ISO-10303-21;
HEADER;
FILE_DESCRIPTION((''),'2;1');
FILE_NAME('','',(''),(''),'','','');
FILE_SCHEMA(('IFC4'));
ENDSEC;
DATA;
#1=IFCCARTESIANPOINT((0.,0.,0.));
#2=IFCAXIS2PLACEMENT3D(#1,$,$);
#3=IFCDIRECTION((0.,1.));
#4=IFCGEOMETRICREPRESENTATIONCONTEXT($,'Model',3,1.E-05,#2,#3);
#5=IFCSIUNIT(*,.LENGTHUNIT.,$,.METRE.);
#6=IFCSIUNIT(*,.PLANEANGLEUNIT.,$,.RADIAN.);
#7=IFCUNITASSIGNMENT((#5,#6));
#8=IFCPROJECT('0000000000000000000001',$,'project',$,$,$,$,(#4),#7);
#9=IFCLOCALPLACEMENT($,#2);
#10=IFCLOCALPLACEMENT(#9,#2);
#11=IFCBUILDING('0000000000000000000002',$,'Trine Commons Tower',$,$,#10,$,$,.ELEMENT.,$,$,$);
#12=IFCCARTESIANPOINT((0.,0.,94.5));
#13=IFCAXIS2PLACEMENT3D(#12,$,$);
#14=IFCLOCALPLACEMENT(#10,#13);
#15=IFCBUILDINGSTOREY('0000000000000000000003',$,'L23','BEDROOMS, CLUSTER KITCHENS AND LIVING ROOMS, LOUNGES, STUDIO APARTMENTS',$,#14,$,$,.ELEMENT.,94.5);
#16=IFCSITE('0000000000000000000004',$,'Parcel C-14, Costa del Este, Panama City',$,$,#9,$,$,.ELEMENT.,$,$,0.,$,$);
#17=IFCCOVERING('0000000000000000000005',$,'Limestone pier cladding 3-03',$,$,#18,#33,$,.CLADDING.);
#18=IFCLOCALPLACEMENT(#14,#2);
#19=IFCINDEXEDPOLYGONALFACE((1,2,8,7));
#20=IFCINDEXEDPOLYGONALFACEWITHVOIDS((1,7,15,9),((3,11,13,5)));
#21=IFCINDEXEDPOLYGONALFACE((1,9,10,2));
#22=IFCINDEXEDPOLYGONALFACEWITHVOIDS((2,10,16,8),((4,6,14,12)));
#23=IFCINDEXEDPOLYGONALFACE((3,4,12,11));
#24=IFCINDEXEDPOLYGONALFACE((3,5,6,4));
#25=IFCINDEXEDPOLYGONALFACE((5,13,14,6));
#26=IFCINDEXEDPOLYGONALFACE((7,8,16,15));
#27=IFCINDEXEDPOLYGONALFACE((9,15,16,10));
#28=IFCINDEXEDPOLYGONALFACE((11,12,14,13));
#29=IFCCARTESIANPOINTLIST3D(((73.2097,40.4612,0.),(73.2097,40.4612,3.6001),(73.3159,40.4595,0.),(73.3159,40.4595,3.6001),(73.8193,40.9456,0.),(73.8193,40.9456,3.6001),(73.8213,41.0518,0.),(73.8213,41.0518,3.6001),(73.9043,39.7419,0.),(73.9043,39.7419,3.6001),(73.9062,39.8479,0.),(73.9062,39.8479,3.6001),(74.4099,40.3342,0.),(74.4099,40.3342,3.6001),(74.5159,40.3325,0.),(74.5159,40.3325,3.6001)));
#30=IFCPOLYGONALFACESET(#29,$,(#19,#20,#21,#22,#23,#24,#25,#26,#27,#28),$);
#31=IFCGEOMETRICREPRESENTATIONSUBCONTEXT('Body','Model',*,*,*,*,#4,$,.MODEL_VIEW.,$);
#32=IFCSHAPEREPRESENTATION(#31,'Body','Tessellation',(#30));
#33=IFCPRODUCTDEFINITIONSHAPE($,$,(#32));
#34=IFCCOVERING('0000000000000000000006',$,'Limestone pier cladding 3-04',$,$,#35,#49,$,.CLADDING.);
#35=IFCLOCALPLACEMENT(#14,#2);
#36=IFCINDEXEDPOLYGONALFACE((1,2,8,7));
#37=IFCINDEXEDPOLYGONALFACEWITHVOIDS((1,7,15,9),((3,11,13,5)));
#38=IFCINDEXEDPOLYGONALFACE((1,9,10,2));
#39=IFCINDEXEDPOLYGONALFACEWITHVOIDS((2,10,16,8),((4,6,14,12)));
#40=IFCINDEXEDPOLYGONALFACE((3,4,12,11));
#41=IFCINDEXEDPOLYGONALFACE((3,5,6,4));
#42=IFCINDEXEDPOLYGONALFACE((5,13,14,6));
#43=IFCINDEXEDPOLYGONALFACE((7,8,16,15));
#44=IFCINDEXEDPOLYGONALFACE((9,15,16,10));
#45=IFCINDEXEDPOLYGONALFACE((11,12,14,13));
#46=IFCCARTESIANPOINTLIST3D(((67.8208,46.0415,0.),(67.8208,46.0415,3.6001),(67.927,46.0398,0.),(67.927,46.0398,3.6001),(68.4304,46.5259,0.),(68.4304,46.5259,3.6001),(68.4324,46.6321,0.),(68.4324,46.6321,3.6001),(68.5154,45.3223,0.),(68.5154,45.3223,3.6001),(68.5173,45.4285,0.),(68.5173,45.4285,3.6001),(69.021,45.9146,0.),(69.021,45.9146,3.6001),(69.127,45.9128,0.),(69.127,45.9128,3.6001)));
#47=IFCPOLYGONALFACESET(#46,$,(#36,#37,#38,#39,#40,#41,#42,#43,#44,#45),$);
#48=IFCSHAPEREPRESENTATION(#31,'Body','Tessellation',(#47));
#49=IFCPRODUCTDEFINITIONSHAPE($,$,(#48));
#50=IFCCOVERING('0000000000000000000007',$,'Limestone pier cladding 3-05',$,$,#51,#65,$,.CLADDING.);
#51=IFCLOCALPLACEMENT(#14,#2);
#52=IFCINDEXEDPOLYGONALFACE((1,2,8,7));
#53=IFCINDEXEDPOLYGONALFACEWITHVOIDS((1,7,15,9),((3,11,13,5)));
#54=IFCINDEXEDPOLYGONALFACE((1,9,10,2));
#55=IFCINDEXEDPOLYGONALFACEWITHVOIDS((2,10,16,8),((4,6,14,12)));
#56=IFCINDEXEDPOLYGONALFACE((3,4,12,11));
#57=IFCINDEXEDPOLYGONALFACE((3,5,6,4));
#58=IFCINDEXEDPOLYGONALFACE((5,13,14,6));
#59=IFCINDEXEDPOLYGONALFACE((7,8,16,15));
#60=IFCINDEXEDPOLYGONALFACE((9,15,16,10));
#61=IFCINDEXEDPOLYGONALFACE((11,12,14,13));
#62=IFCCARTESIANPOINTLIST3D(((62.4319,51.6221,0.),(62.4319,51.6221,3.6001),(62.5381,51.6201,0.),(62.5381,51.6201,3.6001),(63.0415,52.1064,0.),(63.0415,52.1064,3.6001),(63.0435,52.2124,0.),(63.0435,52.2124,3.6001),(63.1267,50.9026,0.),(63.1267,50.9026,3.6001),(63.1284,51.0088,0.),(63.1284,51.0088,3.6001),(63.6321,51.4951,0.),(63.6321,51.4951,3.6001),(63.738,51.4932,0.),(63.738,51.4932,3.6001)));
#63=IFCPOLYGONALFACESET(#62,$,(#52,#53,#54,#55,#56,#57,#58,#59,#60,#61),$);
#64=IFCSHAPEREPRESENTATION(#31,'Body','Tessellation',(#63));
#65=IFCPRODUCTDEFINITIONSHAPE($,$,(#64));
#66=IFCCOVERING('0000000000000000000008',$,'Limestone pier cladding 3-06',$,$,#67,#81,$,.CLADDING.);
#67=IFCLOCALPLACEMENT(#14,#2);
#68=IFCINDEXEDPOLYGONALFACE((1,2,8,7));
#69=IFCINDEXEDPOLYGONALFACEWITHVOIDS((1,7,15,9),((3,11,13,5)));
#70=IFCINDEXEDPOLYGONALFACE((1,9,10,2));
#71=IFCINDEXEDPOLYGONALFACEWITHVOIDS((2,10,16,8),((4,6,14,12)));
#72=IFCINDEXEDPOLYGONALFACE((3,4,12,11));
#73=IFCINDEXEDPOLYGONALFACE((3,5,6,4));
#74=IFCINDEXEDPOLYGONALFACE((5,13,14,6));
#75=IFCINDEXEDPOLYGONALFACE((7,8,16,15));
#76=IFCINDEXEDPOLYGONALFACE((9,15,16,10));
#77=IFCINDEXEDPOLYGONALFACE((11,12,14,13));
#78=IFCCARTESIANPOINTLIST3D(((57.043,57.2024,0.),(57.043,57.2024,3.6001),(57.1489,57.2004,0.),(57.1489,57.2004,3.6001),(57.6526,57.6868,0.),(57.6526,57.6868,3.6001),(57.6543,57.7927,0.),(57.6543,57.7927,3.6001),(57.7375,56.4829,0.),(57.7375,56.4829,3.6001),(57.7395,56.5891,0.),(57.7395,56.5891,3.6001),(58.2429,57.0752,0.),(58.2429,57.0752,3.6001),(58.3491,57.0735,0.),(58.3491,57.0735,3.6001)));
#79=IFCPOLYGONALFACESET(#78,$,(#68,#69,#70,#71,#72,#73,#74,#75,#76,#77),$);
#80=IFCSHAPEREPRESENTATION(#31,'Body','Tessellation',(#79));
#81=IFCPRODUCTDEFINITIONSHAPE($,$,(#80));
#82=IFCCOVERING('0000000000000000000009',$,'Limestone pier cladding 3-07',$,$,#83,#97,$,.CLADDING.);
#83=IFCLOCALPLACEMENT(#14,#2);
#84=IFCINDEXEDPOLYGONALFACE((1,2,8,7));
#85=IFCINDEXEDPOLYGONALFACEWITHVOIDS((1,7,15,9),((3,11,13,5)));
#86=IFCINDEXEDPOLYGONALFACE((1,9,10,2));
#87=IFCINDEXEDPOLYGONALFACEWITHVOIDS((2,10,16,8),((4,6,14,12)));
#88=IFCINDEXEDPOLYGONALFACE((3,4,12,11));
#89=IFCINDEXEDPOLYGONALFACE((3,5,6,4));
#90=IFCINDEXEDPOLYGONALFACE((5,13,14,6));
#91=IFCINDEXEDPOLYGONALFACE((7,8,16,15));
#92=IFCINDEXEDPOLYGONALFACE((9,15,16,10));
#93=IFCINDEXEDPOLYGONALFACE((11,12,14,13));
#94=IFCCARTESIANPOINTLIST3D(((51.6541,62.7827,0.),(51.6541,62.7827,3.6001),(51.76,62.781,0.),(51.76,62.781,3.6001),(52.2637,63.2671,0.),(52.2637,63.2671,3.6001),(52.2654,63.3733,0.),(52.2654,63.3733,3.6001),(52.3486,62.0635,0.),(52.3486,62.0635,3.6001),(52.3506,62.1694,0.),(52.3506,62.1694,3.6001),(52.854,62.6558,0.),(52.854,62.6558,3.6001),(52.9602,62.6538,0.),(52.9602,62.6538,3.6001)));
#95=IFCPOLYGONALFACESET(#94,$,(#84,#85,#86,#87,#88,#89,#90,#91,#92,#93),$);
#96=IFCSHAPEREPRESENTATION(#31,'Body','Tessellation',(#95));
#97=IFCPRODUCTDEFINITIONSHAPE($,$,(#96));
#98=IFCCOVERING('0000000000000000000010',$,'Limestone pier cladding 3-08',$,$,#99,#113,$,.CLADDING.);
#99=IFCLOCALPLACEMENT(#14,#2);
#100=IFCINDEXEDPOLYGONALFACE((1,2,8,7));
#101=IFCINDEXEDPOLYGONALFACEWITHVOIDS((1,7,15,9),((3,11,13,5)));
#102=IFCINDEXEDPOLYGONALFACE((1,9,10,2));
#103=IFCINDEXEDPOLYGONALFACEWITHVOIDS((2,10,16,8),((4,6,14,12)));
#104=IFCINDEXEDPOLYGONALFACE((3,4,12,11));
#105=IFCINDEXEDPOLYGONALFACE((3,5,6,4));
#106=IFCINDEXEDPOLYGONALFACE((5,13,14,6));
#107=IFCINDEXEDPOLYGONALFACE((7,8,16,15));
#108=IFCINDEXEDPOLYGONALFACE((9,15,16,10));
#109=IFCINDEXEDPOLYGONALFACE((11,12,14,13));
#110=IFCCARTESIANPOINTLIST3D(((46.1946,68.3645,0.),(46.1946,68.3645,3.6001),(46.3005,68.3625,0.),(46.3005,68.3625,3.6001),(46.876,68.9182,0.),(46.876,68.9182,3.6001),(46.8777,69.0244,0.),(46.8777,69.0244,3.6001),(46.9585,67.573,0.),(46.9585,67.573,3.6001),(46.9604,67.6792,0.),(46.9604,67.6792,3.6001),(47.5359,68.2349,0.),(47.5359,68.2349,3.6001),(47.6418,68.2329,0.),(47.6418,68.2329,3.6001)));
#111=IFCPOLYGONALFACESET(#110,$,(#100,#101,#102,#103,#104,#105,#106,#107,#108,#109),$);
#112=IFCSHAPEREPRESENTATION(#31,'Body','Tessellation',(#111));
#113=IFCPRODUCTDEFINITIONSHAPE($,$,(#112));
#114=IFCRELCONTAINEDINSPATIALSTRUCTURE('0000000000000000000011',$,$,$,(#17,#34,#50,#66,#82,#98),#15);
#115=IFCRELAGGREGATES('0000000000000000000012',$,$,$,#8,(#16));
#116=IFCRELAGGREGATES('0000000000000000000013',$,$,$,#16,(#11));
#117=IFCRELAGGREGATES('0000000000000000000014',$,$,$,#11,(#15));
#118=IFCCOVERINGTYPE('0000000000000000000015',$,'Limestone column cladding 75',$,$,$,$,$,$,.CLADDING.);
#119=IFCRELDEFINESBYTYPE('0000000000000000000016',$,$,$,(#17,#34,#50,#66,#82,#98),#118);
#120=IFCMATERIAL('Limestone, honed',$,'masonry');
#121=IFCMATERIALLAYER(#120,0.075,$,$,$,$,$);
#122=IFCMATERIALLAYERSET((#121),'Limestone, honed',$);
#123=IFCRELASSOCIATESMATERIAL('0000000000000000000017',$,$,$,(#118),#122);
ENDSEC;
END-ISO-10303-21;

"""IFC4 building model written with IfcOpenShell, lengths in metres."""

from ifc_helpers import new_model, si_unit, direction, frame, origin, place, context, subcontext, project, spatial, polyline, outline, extrude, material, layer, layer_set, type_object, element, save


model = new_model("IFC4")

# Units and contexts
model_context = context("Model", 3, precision=1e-05, world=origin(), true_north=direction((0.0, 1.0)))
body_context = subcontext(model_context, "Body", "Model", "MODEL_VIEW")
ifc_project = project(units=[si_unit("LENGTHUNIT", "METRE"), si_unit("PLANEANGLEUNIT", "RADIAN")], contexts=[model_context])

# Site, building, storey
site_placement = place(None, origin())
site = spatial("IfcSite", under=ifc_project, at=site_placement, Name="Parcel C-14, Costa del Este, Panama City", CompositionType="ELEMENT", RefElevation=0.0)
building_placement = place(site_placement, origin())
building = spatial("IfcBuilding", under=site, at=building_placement, Name="Trine Commons Tower", CompositionType="ELEMENT")
storey_placement = place(building_placement, frame((0.0, 0.0, 94.5)))
storey = spatial("IfcBuildingStorey", under=building, at=storey_placement, Name="L23", Description="BEDROOMS, CLUSTER KITCHENS AND LIVING ROOMS, LOUNGES, STUDIO APARTMENTS", CompositionType="ELEMENT", Elevation=94.5)

# Coverings
ifc_material_1 = material(Name="Limestone, honed", Category="masonry")
ifc_layer_1 = layer(ifc_material_1, 0.075)
ifc_layer_set_1 = layer_set([ifc_layer_1], Name="Limestone, honed")
covering_type_1 = type_object("IfcCoveringType", Name="Limestone column cladding 75", PredefinedType="CLADDING", material=ifc_layer_set_1)
covering_1_placement = place(storey_placement, origin())
element("IfcCovering", 1, at=covering_1_placement, inside=storey, type_object=covering_type_1, Name="Limestone pier cladding 3-03", PredefinedType="CLADDING", context=body_context, shape_type="SweptSolid", body=[
    extrude(outline(polyline([(73.8213, 41.0518), (73.2097, 40.4612), (73.9043, 39.7419), (74.5159, 40.3325), (73.8213, 41.0518)]), holes=[polyline([(73.8193, 40.9456), (73.3159, 40.4595), (73.9062, 39.8479), (74.4099, 40.3342), (73.8193, 40.9456)])]), origin(), (0.0, 0.0, 1.0), 3.6001),
])
covering_2_placement = place(storey_placement, origin())
element("IfcCovering", 2, at=covering_2_placement, inside=storey, type_object=covering_type_1, Name="Limestone pier cladding 3-04", PredefinedType="CLADDING", context=body_context, shape_type="SweptSolid", body=[
    extrude(outline(polyline([(68.4324, 46.6321), (67.8208, 46.0415), (68.5154, 45.3223), (69.127, 45.9128), (68.4324, 46.6321)]), holes=[polyline([(68.4304, 46.5259), (67.927, 46.0398), (68.5173, 45.4285), (69.021, 45.9146), (68.4304, 46.5259)])]), origin(), (0.0, 0.0, 1.0), 3.6001),
])
covering_3_placement = place(storey_placement, origin())
element("IfcCovering", 3, at=covering_3_placement, inside=storey, type_object=covering_type_1, Name="Limestone pier cladding 3-05", PredefinedType="CLADDING", context=body_context, shape_type="SweptSolid", body=[
    extrude(outline(polyline([(63.0435, 52.2124), (62.4319, 51.6221), (63.1267, 50.9026), (63.738, 51.4932), (63.0435, 52.2124)]), holes=[polyline([(63.0415, 52.1064), (62.5381, 51.6201), (63.1284, 51.0088), (63.6321, 51.4951), (63.0415, 52.1064)])]), origin(), (0.0, 0.0, 1.0), 3.6001),
])
covering_4_placement = place(storey_placement, origin())
element("IfcCovering", 4, at=covering_4_placement, inside=storey, type_object=covering_type_1, Name="Limestone pier cladding 3-06", PredefinedType="CLADDING", context=body_context, shape_type="SweptSolid", body=[
    extrude(outline(polyline([(57.6543, 57.7927), (57.043, 57.2024), (57.7375, 56.4829), (58.3491, 57.0735), (57.6543, 57.7927)]), holes=[polyline([(57.6526, 57.6868), (57.1489, 57.2004), (57.7395, 56.5891), (58.2429, 57.0752), (57.6526, 57.6868)])]), origin(), (0.0, 0.0, 1.0), 3.6001),
])
covering_5_placement = place(storey_placement, origin())
element("IfcCovering", 5, at=covering_5_placement, inside=storey, type_object=covering_type_1, Name="Limestone pier cladding 3-07", PredefinedType="CLADDING", context=body_context, shape_type="SweptSolid", body=[
    extrude(outline(polyline([(52.2654, 63.3733), (51.6541, 62.7827), (52.3486, 62.0635), (52.9602, 62.6538), (52.2654, 63.3733)]), holes=[polyline([(52.2637, 63.2671), (51.76, 62.781), (52.3506, 62.1694), (52.854, 62.6558), (52.2637, 63.2671)])]), origin(), (0.0, 0.0, 1.0), 3.6001),
])
covering_6_placement = place(storey_placement, origin())
element("IfcCovering", 6, at=covering_6_placement, inside=storey, type_object=covering_type_1, Name="Limestone pier cladding 3-08", PredefinedType="CLADDING", context=body_context, shape_type="SweptSolid", body=[
    extrude(outline(polyline([(46.8777, 69.0244), (46.1946, 68.3645), (46.9585, 67.573), (47.6418, 68.2329), (46.8777, 69.0244)]), holes=[polyline([(46.876, 68.9182), (46.3005, 68.3625), (46.9604, 67.6792), (47.5359, 68.2349), (46.876, 68.9182)])]), origin(), (0.0, 0.0, 1.0), 3.6001),
])

save(model, "model.ifc")
